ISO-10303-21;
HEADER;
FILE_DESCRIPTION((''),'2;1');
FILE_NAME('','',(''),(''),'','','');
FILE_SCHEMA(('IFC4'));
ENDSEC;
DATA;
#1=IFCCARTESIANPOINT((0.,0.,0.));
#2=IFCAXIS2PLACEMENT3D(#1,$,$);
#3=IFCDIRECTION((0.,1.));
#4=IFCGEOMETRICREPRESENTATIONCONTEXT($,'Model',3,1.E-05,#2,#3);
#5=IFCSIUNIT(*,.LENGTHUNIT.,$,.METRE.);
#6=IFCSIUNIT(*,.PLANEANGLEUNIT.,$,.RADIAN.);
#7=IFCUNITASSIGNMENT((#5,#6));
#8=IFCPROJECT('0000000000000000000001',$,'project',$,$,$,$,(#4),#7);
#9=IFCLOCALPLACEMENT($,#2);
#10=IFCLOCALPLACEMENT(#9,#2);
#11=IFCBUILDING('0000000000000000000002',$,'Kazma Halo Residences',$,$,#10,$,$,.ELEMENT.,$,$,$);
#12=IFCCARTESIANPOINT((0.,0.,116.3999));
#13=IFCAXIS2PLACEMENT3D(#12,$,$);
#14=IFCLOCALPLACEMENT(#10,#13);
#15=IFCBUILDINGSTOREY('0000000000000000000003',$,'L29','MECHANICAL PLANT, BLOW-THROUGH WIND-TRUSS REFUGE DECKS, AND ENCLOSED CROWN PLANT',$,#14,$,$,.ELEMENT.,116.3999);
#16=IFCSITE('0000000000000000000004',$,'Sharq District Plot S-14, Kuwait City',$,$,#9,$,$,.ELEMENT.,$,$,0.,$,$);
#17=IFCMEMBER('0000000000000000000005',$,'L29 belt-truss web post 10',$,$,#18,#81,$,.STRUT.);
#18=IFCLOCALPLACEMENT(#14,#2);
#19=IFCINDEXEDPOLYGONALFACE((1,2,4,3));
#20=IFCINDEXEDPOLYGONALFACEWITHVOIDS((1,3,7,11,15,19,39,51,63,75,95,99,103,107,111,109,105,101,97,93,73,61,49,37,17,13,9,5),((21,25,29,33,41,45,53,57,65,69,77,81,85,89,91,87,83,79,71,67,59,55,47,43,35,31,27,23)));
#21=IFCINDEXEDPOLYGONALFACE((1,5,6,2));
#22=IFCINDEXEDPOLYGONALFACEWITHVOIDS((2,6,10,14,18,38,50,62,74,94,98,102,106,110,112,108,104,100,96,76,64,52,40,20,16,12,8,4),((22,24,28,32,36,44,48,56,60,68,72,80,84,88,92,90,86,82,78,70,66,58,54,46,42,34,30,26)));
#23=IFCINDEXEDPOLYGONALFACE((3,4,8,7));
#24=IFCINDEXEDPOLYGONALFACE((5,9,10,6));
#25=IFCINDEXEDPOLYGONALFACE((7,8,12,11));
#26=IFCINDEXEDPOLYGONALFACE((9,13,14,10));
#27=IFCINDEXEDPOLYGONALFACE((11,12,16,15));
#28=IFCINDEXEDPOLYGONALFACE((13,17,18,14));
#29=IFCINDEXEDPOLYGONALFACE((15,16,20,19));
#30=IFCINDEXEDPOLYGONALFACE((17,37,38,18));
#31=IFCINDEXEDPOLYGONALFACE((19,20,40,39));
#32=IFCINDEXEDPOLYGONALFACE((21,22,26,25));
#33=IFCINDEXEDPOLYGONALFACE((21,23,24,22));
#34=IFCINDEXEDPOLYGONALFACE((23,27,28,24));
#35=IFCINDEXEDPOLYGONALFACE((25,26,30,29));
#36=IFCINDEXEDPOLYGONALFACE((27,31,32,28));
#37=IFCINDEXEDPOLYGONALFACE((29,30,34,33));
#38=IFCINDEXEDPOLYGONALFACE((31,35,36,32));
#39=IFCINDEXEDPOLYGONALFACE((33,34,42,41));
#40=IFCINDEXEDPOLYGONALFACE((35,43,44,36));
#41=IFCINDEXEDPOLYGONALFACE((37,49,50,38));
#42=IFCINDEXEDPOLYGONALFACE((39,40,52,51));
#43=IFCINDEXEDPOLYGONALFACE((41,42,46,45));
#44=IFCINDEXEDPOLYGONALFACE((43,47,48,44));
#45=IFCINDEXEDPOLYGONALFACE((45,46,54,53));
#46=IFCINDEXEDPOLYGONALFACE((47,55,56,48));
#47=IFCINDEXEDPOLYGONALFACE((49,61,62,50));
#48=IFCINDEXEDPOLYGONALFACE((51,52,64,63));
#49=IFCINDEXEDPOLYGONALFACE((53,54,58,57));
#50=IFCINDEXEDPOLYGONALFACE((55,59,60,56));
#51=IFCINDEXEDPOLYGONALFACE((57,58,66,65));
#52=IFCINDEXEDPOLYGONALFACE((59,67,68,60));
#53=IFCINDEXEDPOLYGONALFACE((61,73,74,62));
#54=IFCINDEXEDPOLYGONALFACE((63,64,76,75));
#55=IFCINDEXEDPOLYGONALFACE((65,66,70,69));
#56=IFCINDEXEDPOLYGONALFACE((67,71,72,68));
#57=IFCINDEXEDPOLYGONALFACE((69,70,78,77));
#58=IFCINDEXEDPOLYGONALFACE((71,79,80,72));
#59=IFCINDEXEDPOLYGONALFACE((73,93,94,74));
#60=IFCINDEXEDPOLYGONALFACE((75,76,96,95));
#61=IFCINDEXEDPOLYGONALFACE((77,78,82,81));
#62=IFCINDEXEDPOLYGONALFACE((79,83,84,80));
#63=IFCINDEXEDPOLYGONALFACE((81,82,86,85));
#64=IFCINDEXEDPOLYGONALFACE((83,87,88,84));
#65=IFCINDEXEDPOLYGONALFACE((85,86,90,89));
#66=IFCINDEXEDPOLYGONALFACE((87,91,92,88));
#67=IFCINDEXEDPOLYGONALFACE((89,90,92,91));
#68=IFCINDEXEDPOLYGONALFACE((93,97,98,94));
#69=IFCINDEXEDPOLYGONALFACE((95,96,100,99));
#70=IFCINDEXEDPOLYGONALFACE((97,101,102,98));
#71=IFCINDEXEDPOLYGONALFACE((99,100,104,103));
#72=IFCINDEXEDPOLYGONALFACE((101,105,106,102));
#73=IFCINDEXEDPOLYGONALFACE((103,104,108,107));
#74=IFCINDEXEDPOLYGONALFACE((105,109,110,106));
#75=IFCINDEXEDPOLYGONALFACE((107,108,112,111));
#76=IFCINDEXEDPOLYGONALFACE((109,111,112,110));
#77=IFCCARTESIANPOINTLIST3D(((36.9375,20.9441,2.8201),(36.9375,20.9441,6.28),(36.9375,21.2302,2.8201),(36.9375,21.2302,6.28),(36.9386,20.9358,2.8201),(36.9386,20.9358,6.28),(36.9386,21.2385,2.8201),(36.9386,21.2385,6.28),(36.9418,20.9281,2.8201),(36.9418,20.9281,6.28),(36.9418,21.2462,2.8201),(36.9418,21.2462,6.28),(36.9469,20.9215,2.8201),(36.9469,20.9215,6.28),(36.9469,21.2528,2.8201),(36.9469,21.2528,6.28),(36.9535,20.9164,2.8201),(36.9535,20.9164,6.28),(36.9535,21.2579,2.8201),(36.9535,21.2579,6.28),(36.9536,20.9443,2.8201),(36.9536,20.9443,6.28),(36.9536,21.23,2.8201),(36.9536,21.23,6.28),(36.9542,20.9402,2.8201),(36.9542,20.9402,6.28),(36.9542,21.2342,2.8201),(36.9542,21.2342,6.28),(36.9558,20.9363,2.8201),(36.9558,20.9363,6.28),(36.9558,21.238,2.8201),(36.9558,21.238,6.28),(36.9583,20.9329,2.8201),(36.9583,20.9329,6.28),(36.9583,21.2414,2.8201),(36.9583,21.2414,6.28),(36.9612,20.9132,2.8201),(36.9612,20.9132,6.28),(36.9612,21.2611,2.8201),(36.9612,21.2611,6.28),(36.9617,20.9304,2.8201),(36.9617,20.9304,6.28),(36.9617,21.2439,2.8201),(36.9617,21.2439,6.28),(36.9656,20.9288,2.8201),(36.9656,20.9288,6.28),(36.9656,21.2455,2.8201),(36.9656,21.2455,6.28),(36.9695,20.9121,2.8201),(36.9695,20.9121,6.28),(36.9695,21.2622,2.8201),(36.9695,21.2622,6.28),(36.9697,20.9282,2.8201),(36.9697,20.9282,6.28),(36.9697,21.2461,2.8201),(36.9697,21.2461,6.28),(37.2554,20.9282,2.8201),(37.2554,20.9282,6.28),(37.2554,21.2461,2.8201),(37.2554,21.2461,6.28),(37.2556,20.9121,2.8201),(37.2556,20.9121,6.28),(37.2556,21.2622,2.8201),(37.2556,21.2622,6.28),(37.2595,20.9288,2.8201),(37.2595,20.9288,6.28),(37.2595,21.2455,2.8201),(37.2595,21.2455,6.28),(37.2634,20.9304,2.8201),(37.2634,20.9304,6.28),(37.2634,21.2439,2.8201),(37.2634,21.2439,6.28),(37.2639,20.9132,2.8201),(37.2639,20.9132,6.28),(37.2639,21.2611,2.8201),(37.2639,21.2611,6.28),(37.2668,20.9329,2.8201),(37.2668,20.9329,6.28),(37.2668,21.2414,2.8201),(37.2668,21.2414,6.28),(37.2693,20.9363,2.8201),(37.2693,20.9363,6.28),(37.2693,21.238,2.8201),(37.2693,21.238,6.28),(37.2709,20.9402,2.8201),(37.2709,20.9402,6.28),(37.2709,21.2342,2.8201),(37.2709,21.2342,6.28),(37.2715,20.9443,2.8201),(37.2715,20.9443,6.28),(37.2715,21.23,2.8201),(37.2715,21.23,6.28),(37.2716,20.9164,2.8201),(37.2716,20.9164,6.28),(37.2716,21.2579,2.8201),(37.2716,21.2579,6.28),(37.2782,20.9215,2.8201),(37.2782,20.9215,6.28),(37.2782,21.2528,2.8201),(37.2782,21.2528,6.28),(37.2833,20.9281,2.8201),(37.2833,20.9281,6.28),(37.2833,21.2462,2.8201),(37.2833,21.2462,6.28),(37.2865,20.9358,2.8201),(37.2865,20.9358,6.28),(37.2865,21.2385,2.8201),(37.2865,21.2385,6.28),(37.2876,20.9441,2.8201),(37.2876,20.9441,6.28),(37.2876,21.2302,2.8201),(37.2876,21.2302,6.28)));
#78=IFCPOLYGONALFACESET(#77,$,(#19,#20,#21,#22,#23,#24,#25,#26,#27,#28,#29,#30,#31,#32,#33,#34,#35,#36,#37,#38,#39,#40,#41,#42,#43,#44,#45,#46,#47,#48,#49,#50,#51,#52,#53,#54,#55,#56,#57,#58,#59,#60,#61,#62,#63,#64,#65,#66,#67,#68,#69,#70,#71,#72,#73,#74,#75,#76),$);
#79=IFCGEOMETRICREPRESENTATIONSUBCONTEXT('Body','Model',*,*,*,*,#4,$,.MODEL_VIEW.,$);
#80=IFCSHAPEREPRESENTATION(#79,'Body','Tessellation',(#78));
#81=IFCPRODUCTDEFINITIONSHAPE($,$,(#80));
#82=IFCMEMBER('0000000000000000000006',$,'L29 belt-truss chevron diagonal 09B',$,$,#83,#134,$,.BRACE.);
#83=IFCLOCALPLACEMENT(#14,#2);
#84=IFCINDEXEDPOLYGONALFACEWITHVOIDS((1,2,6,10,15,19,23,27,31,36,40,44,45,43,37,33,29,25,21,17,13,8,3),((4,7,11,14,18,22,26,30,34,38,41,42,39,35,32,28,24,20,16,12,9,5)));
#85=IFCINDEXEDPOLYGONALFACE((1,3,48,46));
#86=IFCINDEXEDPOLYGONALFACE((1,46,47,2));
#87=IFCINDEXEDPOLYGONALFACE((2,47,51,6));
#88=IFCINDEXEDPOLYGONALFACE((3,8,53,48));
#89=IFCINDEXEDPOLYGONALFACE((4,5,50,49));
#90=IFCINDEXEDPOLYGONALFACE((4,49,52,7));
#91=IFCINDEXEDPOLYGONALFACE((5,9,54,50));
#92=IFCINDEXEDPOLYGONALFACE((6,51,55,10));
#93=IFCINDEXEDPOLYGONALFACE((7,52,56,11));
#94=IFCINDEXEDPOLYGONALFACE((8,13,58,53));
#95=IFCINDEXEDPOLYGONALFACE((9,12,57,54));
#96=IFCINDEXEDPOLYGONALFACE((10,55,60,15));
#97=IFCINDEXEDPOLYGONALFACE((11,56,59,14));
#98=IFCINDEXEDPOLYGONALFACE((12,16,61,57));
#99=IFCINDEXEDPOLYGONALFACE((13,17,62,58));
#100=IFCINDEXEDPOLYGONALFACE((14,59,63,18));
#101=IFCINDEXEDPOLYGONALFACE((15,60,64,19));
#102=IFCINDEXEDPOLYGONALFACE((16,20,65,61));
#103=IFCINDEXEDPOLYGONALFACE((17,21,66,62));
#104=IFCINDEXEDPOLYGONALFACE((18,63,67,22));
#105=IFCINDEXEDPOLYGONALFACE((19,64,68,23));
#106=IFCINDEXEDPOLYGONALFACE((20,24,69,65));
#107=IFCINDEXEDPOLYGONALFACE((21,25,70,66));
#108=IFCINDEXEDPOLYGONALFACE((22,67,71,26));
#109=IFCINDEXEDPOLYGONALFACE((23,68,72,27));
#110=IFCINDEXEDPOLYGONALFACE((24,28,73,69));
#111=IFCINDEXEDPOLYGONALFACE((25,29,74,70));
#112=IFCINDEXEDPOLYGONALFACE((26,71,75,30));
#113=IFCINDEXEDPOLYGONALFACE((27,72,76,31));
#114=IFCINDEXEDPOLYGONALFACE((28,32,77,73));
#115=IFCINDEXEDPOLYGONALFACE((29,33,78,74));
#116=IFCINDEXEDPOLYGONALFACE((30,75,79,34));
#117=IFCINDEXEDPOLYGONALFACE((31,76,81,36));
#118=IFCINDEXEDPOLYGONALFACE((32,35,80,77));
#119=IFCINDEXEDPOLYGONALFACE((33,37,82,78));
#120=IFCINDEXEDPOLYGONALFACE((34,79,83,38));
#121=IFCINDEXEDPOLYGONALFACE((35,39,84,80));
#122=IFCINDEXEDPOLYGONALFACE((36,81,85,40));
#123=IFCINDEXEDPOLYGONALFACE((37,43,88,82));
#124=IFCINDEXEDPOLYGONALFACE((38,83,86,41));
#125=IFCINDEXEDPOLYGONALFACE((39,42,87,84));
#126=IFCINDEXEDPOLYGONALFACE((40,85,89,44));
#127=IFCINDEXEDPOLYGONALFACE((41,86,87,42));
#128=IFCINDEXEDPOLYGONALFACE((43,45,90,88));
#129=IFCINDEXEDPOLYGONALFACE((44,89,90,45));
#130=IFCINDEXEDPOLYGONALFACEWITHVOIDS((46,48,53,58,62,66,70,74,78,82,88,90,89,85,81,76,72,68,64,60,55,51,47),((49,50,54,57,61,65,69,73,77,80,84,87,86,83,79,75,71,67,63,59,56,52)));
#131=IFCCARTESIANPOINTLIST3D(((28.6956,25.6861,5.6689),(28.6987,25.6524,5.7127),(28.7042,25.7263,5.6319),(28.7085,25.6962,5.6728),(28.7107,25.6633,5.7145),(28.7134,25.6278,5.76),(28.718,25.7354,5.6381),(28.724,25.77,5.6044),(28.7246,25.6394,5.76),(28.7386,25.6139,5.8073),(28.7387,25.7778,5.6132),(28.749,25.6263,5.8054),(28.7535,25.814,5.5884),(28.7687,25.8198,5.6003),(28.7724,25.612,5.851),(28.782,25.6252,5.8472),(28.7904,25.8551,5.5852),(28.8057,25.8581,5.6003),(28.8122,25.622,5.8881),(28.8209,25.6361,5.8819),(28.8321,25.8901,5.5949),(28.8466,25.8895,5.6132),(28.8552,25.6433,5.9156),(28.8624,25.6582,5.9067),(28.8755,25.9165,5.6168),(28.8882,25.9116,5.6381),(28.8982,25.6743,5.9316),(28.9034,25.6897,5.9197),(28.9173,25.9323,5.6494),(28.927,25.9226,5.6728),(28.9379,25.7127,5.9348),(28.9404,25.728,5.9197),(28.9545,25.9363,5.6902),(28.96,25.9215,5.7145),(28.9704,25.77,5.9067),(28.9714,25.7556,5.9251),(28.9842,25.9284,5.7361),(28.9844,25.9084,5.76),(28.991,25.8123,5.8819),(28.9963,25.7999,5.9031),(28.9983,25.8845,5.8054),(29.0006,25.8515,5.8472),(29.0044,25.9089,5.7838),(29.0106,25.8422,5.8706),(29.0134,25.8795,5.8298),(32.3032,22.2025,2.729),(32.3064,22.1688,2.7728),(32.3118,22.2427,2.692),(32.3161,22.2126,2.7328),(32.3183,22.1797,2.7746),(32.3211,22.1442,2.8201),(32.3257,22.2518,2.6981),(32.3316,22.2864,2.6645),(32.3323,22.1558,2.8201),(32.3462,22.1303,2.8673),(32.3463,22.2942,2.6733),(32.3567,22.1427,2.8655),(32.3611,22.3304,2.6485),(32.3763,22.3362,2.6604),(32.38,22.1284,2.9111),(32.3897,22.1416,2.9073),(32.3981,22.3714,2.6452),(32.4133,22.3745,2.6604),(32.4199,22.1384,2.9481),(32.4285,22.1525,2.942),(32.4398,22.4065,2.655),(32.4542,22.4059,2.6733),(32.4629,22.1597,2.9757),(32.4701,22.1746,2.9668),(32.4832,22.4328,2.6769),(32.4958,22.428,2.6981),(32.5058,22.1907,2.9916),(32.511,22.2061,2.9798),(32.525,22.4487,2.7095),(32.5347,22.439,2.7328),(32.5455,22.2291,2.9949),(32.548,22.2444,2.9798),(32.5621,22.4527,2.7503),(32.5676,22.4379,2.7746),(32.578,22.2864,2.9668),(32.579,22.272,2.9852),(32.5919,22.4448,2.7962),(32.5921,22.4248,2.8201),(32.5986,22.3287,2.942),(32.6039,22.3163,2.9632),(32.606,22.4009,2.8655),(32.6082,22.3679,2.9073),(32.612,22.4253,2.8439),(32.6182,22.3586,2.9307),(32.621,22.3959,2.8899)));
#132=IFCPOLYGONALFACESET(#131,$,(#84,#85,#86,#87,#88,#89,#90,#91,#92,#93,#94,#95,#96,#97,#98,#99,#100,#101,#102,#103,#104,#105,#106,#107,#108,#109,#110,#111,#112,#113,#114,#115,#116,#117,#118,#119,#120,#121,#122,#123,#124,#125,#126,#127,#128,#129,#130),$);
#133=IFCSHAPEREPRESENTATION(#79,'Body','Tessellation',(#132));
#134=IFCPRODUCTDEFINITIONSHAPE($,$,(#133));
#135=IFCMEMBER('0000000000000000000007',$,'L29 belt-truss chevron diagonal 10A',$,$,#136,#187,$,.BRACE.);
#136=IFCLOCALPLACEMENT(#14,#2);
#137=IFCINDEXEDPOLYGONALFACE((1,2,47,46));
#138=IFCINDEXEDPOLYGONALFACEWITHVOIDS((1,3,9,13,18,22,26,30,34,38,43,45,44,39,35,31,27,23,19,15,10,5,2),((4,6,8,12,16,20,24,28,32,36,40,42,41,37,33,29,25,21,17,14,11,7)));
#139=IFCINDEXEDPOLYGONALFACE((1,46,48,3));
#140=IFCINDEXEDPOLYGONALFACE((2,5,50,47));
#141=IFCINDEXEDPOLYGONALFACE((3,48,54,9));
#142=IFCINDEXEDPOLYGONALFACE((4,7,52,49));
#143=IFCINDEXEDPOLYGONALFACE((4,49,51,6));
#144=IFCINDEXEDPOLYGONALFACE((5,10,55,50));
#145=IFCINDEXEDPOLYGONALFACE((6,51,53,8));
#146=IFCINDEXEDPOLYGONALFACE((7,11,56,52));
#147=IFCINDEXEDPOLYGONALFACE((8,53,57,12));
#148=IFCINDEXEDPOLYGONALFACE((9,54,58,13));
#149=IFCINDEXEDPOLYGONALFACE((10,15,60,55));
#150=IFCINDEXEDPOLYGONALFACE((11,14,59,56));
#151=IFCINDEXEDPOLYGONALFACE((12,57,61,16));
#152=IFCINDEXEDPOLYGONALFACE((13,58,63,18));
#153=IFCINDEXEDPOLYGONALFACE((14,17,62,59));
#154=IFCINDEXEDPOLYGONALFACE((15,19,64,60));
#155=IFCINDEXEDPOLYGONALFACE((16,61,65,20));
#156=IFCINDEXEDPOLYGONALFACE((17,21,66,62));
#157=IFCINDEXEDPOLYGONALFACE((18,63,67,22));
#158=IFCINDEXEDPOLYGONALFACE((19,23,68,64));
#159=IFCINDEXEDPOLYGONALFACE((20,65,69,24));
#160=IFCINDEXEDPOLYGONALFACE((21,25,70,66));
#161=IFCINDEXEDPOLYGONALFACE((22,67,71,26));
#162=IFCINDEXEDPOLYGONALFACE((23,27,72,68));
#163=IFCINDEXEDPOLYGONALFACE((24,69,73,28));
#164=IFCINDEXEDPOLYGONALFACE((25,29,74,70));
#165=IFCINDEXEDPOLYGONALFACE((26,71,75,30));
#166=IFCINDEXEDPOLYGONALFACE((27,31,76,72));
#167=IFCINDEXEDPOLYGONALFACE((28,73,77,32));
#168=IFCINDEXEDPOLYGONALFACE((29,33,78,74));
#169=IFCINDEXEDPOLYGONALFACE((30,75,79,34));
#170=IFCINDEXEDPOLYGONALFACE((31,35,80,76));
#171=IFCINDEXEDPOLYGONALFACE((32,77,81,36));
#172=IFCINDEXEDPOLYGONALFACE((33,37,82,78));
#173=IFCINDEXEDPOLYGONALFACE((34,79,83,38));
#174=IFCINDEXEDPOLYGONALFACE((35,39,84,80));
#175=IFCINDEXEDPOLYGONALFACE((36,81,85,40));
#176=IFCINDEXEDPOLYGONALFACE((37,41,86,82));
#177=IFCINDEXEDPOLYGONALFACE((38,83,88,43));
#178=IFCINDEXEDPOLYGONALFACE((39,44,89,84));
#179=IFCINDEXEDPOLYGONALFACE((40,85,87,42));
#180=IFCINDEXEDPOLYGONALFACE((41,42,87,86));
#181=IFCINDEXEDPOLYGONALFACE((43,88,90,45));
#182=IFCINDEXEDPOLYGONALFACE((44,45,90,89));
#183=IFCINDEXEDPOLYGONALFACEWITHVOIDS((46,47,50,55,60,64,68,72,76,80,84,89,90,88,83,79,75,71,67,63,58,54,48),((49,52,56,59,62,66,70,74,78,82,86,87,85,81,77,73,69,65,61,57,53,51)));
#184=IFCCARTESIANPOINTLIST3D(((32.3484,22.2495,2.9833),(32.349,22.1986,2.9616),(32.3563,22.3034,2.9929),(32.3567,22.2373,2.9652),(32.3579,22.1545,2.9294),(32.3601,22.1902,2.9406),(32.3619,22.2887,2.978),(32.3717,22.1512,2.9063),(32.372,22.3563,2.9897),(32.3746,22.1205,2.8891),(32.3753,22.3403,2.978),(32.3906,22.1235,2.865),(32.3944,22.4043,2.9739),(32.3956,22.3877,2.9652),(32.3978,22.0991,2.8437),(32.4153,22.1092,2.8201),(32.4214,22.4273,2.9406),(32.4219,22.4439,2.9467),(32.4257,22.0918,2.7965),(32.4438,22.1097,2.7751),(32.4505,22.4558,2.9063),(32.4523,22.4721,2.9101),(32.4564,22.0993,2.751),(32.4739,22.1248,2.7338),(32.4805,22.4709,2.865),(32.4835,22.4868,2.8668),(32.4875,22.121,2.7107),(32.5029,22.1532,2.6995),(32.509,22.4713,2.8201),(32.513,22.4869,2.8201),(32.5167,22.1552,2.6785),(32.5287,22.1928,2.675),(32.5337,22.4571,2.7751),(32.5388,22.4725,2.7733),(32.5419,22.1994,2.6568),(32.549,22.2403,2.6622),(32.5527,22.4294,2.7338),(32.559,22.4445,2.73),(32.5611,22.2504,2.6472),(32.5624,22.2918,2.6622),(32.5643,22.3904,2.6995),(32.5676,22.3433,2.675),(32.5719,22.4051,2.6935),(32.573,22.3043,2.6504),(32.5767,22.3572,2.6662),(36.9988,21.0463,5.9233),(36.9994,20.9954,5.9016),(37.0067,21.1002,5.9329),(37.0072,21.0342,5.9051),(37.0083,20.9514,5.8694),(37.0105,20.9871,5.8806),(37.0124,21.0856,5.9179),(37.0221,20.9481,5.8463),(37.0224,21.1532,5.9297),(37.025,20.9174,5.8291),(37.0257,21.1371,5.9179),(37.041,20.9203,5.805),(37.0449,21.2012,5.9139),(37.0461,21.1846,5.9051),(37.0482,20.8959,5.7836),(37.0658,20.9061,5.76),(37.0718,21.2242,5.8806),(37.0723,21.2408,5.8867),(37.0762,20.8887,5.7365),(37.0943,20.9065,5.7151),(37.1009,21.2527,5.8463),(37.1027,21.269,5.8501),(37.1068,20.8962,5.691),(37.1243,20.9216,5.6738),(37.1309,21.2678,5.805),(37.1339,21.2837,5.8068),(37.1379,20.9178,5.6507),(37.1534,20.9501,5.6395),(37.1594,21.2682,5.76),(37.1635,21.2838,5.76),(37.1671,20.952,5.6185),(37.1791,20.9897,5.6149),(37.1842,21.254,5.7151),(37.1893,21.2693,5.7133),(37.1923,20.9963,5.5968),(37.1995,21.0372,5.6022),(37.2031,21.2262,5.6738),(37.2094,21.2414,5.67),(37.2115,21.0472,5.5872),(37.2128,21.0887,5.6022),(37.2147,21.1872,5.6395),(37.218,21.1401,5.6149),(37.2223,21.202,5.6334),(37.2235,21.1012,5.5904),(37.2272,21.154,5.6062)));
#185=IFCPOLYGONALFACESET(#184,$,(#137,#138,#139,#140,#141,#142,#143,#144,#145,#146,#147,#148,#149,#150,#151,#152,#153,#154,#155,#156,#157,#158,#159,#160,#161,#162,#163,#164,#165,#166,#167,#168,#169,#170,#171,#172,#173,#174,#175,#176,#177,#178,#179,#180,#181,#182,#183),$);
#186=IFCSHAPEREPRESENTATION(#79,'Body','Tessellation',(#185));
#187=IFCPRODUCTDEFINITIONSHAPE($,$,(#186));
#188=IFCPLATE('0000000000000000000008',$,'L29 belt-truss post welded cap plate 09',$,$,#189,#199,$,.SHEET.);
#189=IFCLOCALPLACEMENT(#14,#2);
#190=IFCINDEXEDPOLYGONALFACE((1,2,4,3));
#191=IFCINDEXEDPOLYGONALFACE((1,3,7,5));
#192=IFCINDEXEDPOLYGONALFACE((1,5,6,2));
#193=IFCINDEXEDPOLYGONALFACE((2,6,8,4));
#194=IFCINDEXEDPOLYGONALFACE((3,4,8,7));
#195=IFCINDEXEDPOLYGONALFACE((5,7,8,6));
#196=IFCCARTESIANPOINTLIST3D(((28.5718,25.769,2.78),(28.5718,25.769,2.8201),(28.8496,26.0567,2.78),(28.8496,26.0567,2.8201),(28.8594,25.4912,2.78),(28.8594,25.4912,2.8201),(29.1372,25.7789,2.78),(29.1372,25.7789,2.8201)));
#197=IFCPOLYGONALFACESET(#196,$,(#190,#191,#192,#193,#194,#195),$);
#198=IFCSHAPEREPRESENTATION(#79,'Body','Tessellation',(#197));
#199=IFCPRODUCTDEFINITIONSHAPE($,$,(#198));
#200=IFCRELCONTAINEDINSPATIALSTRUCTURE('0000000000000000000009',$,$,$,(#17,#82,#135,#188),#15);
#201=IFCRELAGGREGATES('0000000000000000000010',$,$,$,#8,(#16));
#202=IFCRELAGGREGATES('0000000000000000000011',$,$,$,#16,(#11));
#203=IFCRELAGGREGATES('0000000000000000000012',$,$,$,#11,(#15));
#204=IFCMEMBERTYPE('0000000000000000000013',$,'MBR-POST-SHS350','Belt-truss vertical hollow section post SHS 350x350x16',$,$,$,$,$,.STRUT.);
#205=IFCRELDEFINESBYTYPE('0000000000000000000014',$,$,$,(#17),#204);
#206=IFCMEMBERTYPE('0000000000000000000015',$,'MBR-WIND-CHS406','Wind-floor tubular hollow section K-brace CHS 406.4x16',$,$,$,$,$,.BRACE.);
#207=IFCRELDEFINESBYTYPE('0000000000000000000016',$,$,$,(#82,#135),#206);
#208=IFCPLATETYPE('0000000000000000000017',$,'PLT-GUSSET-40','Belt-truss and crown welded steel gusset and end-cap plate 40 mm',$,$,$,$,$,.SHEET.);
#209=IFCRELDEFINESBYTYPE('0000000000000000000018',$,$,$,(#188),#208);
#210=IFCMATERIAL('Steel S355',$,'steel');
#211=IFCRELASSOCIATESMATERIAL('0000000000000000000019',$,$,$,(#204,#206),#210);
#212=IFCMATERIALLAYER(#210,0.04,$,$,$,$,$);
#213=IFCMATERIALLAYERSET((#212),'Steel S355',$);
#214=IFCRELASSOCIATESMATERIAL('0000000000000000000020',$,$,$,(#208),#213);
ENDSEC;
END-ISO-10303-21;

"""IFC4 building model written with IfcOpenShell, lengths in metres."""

from ifc_helpers import new_model, si_unit, direction, frame, origin, origin_2d, place, context, subcontext, project, spatial, rectangle, hollow_rectangle, hollow_circle, extrude, material, layer, layer_set, material_profile, profile_set, type_object, element, save


model = new_model("IFC4")

# Units and contexts
model_context = context("Model", 3, precision=1e-05, world=origin(), true_north=direction((0.0, 1.0)))
body_context = subcontext(model_context, "Body", "Model", "MODEL_VIEW")
ifc_project = project(units=[si_unit("LENGTHUNIT", "METRE"), si_unit("PLANEANGLEUNIT", "RADIAN")], contexts=[model_context])

# Site, building, storey
site_placement = place(None, origin())
site = spatial("IfcSite", under=ifc_project, at=site_placement, Name="Sharq District Plot S-14, Kuwait City", CompositionType="ELEMENT", RefElevation=0.0)
building_placement = place(site_placement, origin())
building = spatial("IfcBuilding", under=site, at=building_placement, Name="Kazma Halo Residences", CompositionType="ELEMENT")
storey_placement = place(building_placement, frame((0.0, 0.0, 116.3999)))
storey = spatial("IfcBuildingStorey", under=building, at=storey_placement, Name="L29", Description="MECHANICAL PLANT, BLOW-THROUGH WIND-TRUSS REFUGE DECKS, AND ENCLOSED CROWN PLANT", CompositionType="ELEMENT", Elevation=116.3999)

# Shared definitions
ifc_material_1 = material(Name="Steel S355", Category="steel")

# Members
ifc_material_profile_1 = material_profile(ifc_material_1, hollow_rectangle(XDim=0.3501, YDim=0.3501, WallThickness=0.0161, InnerFilletRadius=0.0161, OuterFilletRadius=0.032, at=origin_2d()), Name="SHS350x350x16")
ifc_profile_set_1 = profile_set([ifc_material_profile_1], Name="Steel S355")
member_type_1 = type_object("IfcMemberType", Name="MBR-POST-SHS350", Description="Belt-truss vertical hollow section post SHS 350x350x16", PredefinedType="STRUT", material=ifc_profile_set_1)
for number, where, z_axis, x_axis, name in (
    (1, (37.1125, 21.0872, 2.8201), (0.0, 0.0, 1.0), (1.0, 0.0, 0.0), "L29 belt-truss web post 10"),
):
    element("IfcMember", number, at=place(storey_placement, frame(where, z_axis=z_axis, x_axis=x_axis)), inside=storey, type_object=member_type_1, Name=name, PredefinedType="STRUT", context=body_context, shape_type="SweptSolid", body=[
        extrude(hollow_rectangle(XDim=0.3501, YDim=0.3501, WallThickness=0.0161, InnerFilletRadius=0.0161, OuterFilletRadius=0.032, at=origin_2d()), origin(), (0.0, 0.0, 1.0), 3.46),
    ])
ifc_material_profile_2 = material_profile(ifc_material_1, hollow_circle(Radius=0.2031, WallThickness=0.0161, at=origin_2d()), Name="CHS406.4x16")
ifc_profile_set_2 = profile_set([ifc_material_profile_2], Name="Steel S355")
member_type_2 = type_object("IfcMemberType", Name="MBR-WIND-CHS406", Description="Wind-floor tubular hollow section K-brace CHS 406.4x16", PredefinedType="BRACE", material=ifc_profile_set_2)
member_1_placement = place(storey_placement, frame((32.4622, 22.2903, 2.8201), z_axis=(-0.62059, 0.599255, 0.505728), x_axis=(-0.694634, -0.719364, 0.0)))
element("IfcMember", 2, at=member_1_placement, inside=storey, type_object=member_type_2, Name="L29 belt-truss chevron diagonal 09B", PredefinedType="BRACE", context=body_context, shape_type="SweptSolid", body=[
    extrude(hollow_circle(Radius=0.2031, WallThickness=0.0161, at=origin_2d()), origin(), (0.0, 0.0, 1.0), 5.8132),
])
member_2_placement = place(storey_placement, frame((32.4622, 22.2903, 2.8201), z_axis=(0.825741, -0.213632, 0.522027), x_axis=(0.250468, 0.968125, 0.0)))
element("IfcMember", 3, at=member_2_placement, inside=storey, type_object=member_type_2, Name="L29 belt-truss chevron diagonal 10A", PredefinedType="BRACE", context=body_context, shape_type="SweptSolid", body=[
    extrude(hollow_circle(Radius=0.2031, WallThickness=0.0161, at=origin_2d()), origin(), (0.0, 0.0, 1.0), 5.6318),
])

# Plate
ifc_layer_1 = layer(ifc_material_1, 0.04)
ifc_layer_set_1 = layer_set([ifc_layer_1], Name="Steel S355")
plate_type = type_object("IfcPlateType", Name="PLT-GUSSET-40", Description="Belt-truss and crown welded steel gusset and end-cap plate 40 mm", PredefinedType="SHEET", material=ifc_layer_set_1)
plate_1_placement = place(storey_placement, frame((28.8545, 25.7739, 2.78), z_axis=(0.0, 0.0, 1.0), x_axis=(0.719342, -0.694656, 0.0)))
element("IfcPlate", 4, at=plate_1_placement, inside=storey, type_object=plate_type, Name="L29 belt-truss post welded cap plate 09", PredefinedType="SHEET", context=body_context, shape_type="SweptSolid", body=[
    extrude(rectangle(XDim=0.3999, YDim=0.3999, at=origin_2d()), origin(), (0.0, 0.0, 1.0), 0.04),
])

save(model, "model.ifc")
